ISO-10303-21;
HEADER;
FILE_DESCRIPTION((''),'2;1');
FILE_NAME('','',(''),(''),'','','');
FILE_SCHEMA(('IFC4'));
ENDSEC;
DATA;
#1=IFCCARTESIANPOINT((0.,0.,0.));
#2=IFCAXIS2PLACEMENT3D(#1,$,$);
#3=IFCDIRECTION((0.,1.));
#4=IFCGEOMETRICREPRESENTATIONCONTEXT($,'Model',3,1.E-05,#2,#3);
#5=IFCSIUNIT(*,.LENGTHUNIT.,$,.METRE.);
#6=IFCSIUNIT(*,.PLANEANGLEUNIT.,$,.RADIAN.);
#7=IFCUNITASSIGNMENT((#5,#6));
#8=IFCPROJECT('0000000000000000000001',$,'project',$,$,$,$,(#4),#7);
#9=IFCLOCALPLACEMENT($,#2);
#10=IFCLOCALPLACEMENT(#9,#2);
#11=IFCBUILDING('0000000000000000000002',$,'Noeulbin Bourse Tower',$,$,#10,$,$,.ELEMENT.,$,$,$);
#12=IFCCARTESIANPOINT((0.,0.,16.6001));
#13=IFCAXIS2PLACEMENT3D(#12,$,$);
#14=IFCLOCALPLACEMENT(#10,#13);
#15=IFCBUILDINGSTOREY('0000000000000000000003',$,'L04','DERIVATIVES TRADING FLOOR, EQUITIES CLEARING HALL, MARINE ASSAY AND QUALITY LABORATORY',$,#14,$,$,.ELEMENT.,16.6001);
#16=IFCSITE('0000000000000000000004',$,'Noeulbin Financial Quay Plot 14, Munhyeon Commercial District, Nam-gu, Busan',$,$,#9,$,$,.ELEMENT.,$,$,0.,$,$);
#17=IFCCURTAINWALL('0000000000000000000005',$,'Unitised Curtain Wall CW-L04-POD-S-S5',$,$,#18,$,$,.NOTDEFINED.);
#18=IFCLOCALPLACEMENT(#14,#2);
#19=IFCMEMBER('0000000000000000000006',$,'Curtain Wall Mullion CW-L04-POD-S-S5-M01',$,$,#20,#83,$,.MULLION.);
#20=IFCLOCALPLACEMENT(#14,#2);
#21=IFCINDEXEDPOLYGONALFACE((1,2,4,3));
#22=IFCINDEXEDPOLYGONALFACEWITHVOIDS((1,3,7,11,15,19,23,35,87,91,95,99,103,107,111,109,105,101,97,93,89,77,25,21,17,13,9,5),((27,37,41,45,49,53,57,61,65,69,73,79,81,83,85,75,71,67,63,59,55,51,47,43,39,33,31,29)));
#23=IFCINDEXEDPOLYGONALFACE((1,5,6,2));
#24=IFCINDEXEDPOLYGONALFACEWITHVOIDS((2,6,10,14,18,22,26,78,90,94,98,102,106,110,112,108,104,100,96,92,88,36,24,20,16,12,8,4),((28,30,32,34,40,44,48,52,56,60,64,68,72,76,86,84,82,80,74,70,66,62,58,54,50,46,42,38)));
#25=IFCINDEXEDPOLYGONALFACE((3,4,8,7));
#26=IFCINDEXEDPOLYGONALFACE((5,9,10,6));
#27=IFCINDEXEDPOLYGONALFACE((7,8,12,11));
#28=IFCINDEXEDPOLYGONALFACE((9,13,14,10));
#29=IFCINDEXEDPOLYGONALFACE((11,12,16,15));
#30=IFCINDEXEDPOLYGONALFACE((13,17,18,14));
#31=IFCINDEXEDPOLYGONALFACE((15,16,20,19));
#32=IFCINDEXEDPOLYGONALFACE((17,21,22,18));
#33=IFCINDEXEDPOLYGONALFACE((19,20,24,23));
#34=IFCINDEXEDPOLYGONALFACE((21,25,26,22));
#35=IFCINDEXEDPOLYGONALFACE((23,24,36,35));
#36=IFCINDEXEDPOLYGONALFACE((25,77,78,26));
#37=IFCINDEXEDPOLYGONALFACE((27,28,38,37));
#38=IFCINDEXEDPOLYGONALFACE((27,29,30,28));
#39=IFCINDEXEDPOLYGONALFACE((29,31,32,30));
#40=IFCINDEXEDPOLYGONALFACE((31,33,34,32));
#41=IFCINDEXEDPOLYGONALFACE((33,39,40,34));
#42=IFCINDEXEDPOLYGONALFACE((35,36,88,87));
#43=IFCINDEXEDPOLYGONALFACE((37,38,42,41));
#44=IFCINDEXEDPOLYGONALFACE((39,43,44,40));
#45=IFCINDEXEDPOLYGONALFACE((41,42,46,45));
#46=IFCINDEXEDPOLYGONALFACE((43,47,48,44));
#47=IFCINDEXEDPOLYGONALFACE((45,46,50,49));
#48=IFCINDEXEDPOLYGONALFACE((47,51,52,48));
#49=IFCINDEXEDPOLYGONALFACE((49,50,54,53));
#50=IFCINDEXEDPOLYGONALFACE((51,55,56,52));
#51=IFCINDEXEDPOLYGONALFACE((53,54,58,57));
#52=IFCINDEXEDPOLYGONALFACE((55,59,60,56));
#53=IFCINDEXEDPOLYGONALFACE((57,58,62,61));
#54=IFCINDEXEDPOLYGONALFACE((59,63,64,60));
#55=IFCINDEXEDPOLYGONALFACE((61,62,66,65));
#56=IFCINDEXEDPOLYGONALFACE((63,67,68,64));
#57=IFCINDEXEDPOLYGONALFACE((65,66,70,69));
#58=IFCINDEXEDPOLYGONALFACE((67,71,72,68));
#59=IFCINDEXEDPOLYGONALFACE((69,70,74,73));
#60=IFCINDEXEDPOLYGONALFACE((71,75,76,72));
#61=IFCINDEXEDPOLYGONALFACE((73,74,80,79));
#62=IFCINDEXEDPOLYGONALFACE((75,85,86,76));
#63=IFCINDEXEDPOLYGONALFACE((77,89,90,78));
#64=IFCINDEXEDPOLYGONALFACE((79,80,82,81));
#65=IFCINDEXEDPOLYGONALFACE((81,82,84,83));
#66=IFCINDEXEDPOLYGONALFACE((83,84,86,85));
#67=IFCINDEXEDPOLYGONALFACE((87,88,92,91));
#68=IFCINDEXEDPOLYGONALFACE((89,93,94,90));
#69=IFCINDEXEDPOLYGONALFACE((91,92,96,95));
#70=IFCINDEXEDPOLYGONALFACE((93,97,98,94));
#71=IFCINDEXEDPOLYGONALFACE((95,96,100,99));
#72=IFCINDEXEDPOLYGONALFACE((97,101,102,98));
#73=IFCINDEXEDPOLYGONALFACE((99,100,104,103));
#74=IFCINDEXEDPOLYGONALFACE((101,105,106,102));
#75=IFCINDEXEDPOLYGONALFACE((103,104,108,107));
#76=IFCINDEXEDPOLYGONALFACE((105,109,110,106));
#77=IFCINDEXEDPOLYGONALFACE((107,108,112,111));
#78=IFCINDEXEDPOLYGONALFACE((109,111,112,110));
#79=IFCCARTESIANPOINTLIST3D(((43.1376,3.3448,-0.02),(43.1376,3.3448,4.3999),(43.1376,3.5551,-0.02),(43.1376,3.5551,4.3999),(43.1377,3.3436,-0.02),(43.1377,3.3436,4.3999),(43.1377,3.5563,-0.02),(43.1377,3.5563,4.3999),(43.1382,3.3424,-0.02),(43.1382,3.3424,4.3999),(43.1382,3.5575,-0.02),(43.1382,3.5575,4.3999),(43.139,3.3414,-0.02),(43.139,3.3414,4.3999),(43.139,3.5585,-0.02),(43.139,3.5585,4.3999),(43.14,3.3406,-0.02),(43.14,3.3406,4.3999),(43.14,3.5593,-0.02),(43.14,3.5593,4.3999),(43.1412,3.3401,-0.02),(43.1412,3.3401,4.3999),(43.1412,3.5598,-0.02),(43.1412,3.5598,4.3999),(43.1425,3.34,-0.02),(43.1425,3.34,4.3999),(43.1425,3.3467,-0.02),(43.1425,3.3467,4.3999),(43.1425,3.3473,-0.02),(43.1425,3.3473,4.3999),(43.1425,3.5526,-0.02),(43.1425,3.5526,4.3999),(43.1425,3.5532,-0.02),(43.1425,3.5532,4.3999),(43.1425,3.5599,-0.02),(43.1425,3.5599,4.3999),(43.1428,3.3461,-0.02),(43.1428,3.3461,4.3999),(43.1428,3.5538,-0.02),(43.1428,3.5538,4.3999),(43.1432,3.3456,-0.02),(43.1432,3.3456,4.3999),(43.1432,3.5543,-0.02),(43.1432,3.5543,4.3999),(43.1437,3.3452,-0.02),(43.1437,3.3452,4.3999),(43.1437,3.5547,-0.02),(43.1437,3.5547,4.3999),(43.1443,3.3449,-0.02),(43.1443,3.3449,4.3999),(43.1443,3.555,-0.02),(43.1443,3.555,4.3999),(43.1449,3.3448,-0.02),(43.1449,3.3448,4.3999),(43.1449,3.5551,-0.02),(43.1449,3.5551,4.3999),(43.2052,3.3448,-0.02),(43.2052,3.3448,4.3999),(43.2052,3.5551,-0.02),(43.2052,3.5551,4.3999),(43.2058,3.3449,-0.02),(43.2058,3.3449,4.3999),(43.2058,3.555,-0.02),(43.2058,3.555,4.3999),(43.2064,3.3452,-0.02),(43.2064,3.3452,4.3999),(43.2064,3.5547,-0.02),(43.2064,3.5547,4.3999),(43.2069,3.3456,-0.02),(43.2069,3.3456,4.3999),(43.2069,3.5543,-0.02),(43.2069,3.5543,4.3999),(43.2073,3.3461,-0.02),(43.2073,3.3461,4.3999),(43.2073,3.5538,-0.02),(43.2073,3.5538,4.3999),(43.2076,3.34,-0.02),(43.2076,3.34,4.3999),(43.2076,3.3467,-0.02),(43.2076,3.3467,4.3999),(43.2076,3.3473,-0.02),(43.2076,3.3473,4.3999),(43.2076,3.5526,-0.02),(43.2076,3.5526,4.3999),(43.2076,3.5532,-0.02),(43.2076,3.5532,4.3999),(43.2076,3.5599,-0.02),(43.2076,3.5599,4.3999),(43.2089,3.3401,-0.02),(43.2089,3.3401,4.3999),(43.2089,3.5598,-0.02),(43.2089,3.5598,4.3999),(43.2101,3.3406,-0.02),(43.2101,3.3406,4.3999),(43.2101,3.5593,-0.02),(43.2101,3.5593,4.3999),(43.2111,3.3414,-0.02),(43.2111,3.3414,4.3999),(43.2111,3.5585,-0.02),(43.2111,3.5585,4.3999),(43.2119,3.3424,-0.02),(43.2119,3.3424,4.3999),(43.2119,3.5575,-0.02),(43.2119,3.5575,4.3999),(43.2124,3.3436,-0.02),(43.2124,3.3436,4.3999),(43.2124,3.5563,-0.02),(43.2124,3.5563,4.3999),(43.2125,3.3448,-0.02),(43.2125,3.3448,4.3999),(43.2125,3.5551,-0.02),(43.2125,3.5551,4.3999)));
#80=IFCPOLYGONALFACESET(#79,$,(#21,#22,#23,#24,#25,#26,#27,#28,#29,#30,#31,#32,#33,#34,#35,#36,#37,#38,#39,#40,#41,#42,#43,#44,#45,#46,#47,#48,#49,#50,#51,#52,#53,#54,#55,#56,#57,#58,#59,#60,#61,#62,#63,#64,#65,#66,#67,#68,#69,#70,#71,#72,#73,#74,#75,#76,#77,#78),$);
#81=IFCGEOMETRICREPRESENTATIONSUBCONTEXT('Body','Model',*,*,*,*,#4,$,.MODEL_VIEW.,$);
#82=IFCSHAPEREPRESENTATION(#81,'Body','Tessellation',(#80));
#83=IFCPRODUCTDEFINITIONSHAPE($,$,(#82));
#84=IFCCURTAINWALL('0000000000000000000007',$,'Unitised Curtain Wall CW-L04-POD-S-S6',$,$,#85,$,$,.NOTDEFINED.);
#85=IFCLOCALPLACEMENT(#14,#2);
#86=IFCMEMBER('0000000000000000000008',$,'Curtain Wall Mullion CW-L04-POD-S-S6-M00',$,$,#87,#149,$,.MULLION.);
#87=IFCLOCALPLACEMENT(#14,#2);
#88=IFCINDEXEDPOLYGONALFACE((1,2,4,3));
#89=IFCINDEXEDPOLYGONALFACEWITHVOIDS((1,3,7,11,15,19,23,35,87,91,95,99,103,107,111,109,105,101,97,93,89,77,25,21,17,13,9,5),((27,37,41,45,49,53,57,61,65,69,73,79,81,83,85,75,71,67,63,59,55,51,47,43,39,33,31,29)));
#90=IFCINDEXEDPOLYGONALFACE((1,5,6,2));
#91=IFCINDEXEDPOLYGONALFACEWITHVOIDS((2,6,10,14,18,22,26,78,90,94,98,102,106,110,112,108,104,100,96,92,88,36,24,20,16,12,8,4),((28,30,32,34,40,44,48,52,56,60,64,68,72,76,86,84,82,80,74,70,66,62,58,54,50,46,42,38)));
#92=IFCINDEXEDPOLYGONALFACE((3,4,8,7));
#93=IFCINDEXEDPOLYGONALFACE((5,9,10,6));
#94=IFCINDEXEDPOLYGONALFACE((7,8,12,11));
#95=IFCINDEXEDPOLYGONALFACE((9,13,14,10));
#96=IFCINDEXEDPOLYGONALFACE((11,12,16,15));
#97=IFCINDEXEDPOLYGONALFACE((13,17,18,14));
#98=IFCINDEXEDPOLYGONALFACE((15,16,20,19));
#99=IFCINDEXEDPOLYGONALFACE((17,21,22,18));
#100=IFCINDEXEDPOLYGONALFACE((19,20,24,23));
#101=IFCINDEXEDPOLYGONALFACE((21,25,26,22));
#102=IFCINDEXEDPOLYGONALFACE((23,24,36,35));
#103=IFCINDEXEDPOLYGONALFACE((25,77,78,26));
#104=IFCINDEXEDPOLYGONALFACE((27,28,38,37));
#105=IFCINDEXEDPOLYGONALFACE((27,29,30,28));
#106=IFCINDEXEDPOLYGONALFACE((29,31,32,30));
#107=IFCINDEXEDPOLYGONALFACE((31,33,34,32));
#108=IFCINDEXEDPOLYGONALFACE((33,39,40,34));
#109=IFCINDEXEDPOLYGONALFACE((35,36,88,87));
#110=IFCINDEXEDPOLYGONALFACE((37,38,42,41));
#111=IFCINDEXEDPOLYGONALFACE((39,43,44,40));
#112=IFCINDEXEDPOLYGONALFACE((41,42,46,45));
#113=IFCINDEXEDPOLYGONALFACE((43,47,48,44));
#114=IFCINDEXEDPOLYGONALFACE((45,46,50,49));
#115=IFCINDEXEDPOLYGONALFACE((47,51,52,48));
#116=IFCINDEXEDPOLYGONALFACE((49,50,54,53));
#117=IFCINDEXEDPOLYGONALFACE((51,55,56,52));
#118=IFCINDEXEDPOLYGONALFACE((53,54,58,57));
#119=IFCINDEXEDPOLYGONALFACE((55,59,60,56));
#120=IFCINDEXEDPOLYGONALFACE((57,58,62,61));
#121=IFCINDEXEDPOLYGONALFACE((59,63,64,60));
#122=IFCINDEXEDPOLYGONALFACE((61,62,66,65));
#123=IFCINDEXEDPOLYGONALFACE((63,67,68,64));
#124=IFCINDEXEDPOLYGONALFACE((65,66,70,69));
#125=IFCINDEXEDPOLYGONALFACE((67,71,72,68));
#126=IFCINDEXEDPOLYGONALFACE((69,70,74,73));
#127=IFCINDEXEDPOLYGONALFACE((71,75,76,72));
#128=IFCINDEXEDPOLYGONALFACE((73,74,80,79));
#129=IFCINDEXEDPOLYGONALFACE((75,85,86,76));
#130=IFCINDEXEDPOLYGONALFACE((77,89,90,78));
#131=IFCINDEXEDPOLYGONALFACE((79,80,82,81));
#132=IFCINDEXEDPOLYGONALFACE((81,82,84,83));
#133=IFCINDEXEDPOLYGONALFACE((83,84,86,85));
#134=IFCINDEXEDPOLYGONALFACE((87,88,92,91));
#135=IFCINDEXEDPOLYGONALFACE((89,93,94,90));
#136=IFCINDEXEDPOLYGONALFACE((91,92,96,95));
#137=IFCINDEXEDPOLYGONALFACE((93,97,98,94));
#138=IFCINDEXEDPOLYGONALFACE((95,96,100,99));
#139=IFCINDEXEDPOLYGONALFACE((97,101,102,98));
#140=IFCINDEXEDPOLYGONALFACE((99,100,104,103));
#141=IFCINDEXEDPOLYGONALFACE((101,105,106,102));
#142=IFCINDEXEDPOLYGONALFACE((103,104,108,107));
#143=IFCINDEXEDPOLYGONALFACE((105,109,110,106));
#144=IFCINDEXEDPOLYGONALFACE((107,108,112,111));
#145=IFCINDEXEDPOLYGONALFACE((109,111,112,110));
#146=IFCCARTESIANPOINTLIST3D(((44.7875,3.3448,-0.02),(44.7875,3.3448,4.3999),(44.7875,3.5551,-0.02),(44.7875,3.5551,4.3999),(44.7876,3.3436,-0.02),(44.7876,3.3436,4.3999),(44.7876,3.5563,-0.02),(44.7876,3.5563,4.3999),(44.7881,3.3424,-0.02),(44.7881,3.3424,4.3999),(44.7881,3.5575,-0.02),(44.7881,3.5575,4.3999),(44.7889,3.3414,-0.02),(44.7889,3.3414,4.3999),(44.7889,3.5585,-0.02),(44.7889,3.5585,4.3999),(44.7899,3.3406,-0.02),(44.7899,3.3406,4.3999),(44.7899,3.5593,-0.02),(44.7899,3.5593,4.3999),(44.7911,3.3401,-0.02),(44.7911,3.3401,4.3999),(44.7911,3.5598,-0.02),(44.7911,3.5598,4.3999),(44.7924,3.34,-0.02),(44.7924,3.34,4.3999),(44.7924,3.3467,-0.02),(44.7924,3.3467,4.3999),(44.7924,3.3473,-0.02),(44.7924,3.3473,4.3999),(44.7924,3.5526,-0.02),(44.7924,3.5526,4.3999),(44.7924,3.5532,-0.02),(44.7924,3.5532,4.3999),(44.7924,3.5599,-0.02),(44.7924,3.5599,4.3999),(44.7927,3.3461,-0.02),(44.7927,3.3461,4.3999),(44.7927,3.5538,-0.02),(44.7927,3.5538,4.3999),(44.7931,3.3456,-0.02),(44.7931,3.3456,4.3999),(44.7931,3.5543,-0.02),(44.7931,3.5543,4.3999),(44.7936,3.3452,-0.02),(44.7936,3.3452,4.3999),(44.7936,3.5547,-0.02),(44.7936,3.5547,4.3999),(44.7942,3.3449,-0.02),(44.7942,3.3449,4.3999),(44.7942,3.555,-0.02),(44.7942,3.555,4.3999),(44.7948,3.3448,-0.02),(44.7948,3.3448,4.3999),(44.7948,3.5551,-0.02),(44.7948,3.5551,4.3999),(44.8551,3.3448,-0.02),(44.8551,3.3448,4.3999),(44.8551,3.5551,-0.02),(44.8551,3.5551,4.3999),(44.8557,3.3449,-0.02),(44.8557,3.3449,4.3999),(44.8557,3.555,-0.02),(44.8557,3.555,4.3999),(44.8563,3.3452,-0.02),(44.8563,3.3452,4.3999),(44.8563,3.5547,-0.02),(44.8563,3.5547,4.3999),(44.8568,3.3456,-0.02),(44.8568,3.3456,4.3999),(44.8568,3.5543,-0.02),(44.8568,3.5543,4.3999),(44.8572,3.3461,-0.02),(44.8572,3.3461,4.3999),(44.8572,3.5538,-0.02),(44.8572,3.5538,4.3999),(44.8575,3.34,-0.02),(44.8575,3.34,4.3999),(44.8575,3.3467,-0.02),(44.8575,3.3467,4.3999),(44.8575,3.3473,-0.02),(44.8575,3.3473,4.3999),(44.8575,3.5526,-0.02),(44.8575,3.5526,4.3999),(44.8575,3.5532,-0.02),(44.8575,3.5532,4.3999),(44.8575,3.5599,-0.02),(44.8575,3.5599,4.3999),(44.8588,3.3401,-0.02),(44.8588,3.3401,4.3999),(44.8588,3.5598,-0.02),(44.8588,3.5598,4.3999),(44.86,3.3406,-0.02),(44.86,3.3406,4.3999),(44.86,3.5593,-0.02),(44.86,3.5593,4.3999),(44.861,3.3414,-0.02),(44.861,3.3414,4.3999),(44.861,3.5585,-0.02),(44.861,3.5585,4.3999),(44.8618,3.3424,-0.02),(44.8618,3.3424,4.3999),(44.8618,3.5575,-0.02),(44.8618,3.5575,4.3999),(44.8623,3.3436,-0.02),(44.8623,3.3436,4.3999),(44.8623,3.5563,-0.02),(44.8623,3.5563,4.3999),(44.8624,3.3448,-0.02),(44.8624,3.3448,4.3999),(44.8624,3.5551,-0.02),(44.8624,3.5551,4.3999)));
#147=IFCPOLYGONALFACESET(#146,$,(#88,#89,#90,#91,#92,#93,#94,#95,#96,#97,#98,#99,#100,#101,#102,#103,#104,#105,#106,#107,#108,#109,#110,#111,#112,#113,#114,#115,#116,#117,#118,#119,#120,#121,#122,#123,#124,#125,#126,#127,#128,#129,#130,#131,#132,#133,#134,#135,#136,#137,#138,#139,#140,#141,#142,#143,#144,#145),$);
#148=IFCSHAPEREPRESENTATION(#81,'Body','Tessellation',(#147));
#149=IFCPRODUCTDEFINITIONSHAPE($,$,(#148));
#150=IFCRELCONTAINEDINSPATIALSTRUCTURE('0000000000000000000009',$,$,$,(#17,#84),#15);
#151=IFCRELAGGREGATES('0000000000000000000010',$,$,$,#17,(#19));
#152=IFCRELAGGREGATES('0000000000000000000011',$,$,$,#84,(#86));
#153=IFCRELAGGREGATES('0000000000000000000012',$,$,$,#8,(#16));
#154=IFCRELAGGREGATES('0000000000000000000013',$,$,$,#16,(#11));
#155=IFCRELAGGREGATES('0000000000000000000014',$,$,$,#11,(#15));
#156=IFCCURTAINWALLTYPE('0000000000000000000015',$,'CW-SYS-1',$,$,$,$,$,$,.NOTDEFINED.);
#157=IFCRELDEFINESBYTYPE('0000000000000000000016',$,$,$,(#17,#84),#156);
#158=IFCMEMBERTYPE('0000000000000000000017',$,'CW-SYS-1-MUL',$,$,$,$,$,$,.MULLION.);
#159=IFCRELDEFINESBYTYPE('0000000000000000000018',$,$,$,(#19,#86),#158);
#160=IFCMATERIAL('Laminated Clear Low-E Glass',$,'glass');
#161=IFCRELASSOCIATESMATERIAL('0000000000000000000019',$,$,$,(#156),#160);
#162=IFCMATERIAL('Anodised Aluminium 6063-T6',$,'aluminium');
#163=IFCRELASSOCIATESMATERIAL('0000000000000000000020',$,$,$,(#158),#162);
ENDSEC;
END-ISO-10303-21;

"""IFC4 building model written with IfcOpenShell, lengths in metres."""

from ifc_helpers import new_model, si_unit, direction, frame, origin, origin_2d, place, context, subcontext, project, spatial, hollow_rectangle, extrude, material, material_profile, profile_set, type_object, element, aggregate, save


model = new_model("IFC4")

# Units and contexts
model_context = context("Model", 3, precision=1e-05, world=origin(), true_north=direction((0.0, 1.0)))
body_context = subcontext(model_context, "Body", "Model", "MODEL_VIEW")
ifc_project = project(units=[si_unit("LENGTHUNIT", "METRE"), si_unit("PLANEANGLEUNIT", "RADIAN")], contexts=[model_context])

# Site, building, storey
site_placement = place(None, origin())
site = spatial("IfcSite", under=ifc_project, at=site_placement, Name="Noeulbin Financial Quay Plot 14, Munhyeon Commercial District, Nam-gu, Busan", CompositionType="ELEMENT", RefElevation=0.0)
building_placement = place(site_placement, origin())
building = spatial("IfcBuilding", under=site, at=building_placement, Name="Noeulbin Bourse Tower", CompositionType="ELEMENT")
storey_placement = place(building_placement, frame((0.0, 0.0, 16.6001)))
storey = spatial("IfcBuildingStorey", under=building, at=storey_placement, Name="L04", Description="DERIVATIVES TRADING FLOOR, EQUITIES CLEARING HALL, MARINE ASSAY AND QUALITY LABORATORY", CompositionType="ELEMENT", Elevation=16.6001)

# Curtain wall, member
ifc_material_1 = material(Name="Laminated Clear Low-E Glass", Category="glass")
curtain_wall_type = type_object("IfcCurtainWallType", Name="CW-SYS-1", PredefinedType="NOTDEFINED", material=ifc_material_1)
curtain_wall_1_placement = place(storey_placement, origin())
curtain_wall_1 = element("IfcCurtainWall", 1, at=curtain_wall_1_placement, inside=storey, type_object=curtain_wall_type, Name="Unitised Curtain Wall CW-L04-POD-S-S5", PredefinedType="NOTDEFINED")
ifc_material_2 = material(Name="Anodised Aluminium 6063-T6", Category="aluminium")
ifc_material_profile_1 = material_profile(ifc_material_2, hollow_rectangle(XDim=0.075, YDim=0.22, WallThickness=0.0049, InnerFilletRadius=0.0024, OuterFilletRadius=0.0049, at=origin_2d()), Name="ALU-MULL-75x220x5", Category="LoadBearing")
ifc_profile_set_1 = profile_set([ifc_material_profile_1], Name="Anodised Aluminium 6063-T6")
member_type_1 = type_object("IfcMemberType", Name="CW-SYS-1-MUL", PredefinedType="MULLION", material=ifc_profile_set_1)
member_1_placement = place(storey_placement, frame((43.175, 3.45, -0.02), z_axis=(0.0, 0.0, 1.0), x_axis=(1.0, 0.0, 0.0)))
member_1 = element("IfcMember", 2, at=member_1_placement, type_object=member_type_1, Name="Curtain Wall Mullion CW-L04-POD-S-S5-M01", PredefinedType="MULLION", context=body_context, shape_type="SweptSolid", body=[
    extrude(hollow_rectangle(XDim=0.075, YDim=0.22, WallThickness=0.0049, InnerFilletRadius=0.0024, OuterFilletRadius=0.0049, at=origin_2d()), origin(), (0.0, 0.0, 1.0), 4.4199),
])

# Curtain wall, member
curtain_wall_2_placement = place(storey_placement, origin())
curtain_wall_2 = element("IfcCurtainWall", 3, at=curtain_wall_2_placement, inside=storey, type_object=curtain_wall_type, Name="Unitised Curtain Wall CW-L04-POD-S-S6", PredefinedType="NOTDEFINED")
member_2_placement = place(storey_placement, frame((44.825, 3.45, -0.02), z_axis=(0.0, 0.0, 1.0), x_axis=(1.0, 0.0, 0.0)))
member_2 = element("IfcMember", 4, at=member_2_placement, type_object=member_type_1, Name="Curtain Wall Mullion CW-L04-POD-S-S6-M00", PredefinedType="MULLION", context=body_context, shape_type="SweptSolid", body=[
    extrude(hollow_rectangle(XDim=0.075, YDim=0.22, WallThickness=0.0049, InnerFilletRadius=0.0024, OuterFilletRadius=0.0049, at=origin_2d()), origin(), (0.0, 0.0, 1.0), 4.4199),
])

aggregate(curtain_wall_1, [member_1])
aggregate(curtain_wall_2, [member_2])

save(model, "model.ifc")
